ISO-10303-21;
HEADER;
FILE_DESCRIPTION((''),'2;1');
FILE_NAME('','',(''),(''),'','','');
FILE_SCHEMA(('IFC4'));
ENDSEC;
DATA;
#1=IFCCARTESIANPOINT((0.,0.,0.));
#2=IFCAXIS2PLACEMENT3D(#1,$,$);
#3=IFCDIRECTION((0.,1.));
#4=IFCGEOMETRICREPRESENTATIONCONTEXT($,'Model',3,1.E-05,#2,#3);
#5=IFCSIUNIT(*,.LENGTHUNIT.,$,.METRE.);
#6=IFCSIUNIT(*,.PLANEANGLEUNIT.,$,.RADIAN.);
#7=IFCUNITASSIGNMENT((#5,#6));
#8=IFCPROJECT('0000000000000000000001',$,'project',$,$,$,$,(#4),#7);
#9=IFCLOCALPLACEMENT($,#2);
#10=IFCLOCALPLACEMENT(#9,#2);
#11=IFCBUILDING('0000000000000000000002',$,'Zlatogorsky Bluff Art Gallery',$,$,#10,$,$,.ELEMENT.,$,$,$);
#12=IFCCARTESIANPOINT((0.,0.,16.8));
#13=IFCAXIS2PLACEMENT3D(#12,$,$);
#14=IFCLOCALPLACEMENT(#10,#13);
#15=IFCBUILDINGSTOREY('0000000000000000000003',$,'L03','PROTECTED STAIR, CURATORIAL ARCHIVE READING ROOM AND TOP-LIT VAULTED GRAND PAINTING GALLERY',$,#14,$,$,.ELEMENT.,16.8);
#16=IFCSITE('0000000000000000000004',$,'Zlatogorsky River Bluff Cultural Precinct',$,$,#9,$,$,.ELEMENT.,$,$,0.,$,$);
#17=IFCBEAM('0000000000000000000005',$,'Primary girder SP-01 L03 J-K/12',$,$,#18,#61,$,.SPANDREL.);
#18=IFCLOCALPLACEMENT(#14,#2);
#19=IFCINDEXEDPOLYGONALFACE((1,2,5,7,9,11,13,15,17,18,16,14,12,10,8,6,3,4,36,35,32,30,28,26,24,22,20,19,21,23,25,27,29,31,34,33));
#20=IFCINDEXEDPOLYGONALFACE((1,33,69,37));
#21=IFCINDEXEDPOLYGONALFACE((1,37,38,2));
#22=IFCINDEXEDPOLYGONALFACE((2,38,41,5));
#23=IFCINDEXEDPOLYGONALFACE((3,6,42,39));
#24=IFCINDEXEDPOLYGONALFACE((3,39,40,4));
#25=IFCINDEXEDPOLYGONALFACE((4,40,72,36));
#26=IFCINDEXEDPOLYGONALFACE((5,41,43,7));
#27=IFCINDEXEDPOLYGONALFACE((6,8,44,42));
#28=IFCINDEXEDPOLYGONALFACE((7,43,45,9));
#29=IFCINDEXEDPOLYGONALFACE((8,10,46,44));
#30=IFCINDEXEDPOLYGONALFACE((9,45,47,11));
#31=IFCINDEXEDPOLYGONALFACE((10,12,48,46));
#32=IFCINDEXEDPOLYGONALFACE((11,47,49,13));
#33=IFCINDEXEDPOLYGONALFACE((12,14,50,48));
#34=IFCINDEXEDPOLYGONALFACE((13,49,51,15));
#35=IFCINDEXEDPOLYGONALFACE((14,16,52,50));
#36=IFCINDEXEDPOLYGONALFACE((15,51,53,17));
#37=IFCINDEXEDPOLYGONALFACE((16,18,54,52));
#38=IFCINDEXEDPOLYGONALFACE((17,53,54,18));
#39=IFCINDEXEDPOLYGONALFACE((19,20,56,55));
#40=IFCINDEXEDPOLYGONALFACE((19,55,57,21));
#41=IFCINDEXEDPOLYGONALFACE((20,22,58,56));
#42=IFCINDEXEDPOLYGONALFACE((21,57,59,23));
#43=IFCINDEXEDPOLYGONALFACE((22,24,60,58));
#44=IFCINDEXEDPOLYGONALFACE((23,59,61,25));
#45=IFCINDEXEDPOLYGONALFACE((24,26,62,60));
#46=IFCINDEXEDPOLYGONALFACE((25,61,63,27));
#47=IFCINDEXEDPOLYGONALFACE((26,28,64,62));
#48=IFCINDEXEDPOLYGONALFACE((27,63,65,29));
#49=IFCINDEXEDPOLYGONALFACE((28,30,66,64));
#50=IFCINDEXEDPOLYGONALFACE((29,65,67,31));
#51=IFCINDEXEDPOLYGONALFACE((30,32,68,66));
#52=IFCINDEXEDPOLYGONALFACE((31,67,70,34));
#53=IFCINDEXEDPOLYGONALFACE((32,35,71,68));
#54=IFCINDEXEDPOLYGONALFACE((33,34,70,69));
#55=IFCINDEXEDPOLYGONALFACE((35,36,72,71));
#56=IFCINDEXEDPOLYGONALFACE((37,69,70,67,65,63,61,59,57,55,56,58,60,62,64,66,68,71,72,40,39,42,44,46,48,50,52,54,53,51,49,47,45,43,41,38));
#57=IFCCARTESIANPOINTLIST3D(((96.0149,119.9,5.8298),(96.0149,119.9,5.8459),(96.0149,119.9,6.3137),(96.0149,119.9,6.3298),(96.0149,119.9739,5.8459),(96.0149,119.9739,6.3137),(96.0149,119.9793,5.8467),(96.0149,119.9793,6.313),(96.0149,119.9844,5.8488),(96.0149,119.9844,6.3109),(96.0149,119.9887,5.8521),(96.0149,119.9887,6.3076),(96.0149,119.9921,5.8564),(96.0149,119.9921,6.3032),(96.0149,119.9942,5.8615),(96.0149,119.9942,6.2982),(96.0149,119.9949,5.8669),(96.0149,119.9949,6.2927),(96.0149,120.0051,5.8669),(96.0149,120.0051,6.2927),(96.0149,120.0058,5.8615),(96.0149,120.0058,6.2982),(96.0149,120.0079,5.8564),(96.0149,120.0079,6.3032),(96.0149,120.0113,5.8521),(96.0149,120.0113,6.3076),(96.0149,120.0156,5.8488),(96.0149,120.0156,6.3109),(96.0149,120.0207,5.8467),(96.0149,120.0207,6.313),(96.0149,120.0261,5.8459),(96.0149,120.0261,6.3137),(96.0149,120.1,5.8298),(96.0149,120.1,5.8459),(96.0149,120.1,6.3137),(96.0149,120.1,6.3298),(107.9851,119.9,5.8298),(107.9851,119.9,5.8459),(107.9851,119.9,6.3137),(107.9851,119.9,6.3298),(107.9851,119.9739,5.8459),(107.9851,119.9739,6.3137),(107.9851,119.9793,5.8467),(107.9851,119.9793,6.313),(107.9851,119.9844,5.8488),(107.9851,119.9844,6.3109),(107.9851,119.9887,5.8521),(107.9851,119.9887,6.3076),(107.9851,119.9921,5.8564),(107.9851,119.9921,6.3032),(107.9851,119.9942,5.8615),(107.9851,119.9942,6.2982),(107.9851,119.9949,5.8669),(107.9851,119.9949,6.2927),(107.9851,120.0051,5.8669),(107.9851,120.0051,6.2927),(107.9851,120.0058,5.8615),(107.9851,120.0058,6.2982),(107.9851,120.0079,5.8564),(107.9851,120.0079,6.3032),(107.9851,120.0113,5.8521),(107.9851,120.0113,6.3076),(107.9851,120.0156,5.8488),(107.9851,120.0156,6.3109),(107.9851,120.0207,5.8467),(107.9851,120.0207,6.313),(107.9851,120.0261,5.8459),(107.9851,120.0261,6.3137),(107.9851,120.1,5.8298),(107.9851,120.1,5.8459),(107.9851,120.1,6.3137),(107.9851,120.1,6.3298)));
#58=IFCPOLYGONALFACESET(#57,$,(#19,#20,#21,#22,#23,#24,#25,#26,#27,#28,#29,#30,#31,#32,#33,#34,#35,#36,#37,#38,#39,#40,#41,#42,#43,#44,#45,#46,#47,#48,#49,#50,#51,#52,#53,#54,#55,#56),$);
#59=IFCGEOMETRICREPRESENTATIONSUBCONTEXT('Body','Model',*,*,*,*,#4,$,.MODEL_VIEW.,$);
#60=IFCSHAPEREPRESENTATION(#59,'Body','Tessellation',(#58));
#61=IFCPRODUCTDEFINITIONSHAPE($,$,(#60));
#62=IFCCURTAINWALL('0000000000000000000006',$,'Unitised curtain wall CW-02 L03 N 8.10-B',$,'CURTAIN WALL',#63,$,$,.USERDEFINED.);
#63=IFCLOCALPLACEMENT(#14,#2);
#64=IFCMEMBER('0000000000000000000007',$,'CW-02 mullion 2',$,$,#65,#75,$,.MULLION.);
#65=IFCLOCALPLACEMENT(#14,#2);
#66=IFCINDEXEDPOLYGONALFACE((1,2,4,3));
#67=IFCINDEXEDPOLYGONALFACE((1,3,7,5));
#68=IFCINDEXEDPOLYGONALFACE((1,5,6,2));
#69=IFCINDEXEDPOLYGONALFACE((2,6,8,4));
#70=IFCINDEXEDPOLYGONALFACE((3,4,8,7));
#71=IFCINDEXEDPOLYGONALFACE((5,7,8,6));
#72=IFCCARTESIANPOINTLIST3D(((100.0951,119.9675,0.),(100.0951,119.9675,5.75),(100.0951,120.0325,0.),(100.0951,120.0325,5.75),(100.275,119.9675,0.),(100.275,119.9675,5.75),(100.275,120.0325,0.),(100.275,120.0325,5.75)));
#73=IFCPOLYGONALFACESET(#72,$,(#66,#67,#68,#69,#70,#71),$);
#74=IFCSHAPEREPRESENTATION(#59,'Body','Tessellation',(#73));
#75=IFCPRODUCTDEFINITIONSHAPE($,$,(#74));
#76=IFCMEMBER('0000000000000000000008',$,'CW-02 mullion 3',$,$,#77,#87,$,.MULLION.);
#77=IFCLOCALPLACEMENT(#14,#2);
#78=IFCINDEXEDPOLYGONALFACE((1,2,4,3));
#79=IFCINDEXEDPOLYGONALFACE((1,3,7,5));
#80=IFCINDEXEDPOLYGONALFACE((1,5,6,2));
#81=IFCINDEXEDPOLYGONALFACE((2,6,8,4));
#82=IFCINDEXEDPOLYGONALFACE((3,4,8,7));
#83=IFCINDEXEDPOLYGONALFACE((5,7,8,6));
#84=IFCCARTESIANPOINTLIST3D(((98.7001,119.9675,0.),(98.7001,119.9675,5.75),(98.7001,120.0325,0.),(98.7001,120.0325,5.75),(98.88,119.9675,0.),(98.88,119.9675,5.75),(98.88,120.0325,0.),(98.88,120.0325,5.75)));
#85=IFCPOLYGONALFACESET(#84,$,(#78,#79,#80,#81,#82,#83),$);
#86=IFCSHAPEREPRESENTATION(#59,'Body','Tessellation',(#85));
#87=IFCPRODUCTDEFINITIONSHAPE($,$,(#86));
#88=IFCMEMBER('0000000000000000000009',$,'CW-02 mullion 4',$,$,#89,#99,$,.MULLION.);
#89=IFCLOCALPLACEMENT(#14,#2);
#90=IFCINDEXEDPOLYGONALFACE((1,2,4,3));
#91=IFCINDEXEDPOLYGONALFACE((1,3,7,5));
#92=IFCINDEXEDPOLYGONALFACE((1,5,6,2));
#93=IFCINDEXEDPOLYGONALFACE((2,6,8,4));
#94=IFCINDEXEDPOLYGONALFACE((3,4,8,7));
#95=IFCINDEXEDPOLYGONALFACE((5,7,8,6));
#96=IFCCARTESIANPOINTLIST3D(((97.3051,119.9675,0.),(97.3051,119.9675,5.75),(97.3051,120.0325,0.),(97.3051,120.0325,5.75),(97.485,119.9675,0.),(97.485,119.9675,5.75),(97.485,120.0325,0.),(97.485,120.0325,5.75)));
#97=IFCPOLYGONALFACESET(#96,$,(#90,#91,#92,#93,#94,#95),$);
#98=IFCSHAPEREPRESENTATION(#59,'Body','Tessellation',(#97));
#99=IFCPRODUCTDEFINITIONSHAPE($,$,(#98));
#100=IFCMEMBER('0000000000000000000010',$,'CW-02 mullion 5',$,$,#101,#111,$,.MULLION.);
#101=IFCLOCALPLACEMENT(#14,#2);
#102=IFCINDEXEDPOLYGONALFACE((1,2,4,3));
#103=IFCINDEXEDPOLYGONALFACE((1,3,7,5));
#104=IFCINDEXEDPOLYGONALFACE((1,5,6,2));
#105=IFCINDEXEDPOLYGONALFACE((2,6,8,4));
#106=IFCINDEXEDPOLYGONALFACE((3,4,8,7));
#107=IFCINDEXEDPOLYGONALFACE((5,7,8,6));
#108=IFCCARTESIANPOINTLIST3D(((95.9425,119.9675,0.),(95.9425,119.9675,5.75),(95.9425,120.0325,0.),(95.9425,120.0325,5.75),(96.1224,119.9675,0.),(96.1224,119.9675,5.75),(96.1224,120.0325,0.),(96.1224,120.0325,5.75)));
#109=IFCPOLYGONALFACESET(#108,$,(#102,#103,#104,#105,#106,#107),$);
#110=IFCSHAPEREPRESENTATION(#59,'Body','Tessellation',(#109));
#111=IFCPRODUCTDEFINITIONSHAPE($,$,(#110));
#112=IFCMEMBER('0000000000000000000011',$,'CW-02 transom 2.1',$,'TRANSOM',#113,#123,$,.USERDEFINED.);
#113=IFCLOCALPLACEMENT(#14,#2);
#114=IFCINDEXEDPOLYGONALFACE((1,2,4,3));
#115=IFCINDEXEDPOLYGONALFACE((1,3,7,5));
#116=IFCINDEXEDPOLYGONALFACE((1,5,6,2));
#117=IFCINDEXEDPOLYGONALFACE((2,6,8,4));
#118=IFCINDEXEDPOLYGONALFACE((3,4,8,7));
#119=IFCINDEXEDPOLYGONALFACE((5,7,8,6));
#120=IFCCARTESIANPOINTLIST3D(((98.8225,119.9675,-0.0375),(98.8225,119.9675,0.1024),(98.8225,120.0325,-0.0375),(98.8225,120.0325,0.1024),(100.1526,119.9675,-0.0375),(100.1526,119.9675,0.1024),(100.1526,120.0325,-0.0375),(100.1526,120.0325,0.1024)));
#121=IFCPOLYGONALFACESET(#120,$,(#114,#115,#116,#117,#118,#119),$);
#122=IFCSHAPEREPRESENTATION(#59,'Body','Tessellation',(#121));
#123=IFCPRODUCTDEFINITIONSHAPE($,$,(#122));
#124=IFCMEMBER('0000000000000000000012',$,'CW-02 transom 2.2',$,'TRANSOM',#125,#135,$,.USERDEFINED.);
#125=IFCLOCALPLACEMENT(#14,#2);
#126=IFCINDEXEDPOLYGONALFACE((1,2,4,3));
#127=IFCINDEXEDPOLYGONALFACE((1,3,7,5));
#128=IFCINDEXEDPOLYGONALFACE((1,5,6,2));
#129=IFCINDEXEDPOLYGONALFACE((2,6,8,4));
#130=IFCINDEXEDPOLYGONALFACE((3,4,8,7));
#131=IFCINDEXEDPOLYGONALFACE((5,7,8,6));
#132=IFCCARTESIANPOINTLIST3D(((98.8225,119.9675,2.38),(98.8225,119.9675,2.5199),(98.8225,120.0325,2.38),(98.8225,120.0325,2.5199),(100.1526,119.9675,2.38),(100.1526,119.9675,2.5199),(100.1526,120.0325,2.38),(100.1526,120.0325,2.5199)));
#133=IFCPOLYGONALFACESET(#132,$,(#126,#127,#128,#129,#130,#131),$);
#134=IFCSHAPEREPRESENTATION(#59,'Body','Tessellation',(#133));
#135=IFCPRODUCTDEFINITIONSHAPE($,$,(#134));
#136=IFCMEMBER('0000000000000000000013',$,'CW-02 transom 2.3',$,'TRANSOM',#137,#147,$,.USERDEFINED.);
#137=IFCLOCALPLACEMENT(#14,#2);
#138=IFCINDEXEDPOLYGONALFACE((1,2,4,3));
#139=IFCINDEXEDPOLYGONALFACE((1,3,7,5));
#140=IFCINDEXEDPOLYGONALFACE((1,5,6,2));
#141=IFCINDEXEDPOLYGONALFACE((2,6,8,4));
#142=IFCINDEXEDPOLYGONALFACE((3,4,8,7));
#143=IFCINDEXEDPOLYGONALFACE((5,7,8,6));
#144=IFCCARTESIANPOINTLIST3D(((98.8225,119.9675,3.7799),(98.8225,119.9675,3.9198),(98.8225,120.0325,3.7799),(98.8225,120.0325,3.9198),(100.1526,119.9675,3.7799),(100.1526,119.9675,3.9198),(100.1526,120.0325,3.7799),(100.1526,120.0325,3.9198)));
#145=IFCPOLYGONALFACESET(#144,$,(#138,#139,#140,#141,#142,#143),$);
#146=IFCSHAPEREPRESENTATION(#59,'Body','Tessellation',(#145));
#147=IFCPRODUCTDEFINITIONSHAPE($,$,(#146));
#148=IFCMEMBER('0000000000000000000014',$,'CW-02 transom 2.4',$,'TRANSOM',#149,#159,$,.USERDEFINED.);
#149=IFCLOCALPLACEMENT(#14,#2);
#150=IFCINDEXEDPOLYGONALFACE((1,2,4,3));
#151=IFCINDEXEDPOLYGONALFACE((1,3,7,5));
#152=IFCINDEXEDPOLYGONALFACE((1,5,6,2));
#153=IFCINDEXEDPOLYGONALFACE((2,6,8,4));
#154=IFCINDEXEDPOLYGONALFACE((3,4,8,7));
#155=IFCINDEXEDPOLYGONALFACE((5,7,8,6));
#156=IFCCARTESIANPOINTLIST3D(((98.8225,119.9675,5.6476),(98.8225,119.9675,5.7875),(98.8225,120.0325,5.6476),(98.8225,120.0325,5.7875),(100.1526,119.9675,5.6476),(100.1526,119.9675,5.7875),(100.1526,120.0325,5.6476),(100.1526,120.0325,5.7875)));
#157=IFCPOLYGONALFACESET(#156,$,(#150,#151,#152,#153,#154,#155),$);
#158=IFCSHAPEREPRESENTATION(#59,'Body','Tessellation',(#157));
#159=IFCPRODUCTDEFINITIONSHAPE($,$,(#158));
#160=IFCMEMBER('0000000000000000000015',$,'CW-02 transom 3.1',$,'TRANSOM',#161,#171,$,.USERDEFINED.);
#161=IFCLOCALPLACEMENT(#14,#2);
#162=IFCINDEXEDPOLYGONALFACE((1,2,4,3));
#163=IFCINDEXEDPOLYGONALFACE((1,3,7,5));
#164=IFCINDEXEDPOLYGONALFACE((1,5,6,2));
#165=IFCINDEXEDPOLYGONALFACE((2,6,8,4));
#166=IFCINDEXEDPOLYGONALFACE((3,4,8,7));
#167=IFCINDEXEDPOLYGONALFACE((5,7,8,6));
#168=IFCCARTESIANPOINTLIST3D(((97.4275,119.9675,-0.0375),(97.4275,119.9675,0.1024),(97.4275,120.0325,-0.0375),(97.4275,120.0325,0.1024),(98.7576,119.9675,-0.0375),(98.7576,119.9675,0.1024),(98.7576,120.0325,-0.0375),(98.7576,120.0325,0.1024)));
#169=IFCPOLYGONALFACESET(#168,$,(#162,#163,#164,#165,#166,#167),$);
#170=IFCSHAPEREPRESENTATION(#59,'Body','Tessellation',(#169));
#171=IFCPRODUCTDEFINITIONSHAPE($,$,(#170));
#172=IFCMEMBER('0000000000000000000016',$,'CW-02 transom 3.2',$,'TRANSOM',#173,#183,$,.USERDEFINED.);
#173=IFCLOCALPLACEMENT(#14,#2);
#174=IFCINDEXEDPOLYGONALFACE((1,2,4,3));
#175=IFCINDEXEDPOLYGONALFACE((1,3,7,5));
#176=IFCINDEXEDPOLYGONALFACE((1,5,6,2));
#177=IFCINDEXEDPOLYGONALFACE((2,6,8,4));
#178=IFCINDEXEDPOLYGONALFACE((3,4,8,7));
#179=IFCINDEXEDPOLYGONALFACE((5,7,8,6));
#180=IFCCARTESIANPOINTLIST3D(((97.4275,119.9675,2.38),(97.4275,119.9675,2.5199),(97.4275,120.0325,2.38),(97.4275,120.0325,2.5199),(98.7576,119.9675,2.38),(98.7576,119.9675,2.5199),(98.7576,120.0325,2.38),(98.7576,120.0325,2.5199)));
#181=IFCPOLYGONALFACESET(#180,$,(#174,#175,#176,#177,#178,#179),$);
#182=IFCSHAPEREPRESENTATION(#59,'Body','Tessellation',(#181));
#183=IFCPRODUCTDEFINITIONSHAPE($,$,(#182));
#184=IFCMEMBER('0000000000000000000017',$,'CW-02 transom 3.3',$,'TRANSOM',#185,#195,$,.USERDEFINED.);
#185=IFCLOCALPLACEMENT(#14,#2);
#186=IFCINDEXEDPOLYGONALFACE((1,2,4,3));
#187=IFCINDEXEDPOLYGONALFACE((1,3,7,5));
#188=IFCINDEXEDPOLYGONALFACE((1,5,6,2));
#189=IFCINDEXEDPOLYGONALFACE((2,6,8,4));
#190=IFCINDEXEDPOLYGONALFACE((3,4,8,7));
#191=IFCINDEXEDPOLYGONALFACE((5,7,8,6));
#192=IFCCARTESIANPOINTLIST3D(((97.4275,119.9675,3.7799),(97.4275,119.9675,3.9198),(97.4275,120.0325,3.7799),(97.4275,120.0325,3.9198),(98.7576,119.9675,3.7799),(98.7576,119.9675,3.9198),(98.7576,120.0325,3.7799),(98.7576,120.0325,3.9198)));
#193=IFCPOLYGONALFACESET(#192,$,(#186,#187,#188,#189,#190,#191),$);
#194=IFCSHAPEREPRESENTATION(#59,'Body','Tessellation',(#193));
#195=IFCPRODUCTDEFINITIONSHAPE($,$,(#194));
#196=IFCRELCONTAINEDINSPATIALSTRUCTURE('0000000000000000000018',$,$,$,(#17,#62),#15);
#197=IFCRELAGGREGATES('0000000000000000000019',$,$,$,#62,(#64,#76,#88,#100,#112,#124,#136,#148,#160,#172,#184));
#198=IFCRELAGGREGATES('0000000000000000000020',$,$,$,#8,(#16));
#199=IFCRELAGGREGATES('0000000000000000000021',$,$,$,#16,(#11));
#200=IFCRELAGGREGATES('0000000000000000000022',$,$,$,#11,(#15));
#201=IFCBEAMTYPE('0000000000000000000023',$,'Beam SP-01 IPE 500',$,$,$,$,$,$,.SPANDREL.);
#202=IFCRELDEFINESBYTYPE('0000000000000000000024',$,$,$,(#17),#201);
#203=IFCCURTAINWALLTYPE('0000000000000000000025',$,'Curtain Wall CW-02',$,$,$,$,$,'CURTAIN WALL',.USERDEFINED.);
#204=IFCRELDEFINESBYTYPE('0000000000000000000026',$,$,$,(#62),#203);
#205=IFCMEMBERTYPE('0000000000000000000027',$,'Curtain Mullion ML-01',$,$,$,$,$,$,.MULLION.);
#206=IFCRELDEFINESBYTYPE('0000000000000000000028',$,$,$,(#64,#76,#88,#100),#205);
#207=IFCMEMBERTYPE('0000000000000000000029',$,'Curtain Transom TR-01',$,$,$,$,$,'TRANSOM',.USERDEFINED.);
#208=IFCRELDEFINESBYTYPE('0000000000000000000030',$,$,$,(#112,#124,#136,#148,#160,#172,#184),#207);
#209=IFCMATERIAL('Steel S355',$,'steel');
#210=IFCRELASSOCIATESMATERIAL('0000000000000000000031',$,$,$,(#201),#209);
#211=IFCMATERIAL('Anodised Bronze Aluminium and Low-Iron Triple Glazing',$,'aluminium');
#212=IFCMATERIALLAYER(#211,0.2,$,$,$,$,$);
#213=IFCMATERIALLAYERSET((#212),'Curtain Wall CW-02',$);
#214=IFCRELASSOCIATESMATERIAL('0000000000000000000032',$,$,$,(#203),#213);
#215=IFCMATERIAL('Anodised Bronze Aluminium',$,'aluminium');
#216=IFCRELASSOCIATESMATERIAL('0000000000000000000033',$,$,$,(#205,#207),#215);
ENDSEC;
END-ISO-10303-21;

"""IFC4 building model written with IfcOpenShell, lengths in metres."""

from ifc_helpers import new_model, si_unit, direction, frame, origin, origin_2d, place, context, subcontext, project, spatial, rectangle, i_section, extrude, material, layer, layer_set, material_profile, profile_set, type_object, element, aggregate, save


model = new_model("IFC4")

# Units and contexts
model_context = context("Model", 3, precision=1e-05, world=origin(), true_north=direction((0.0, 1.0)))
body_context = subcontext(model_context, "Body", "Model", "MODEL_VIEW")
ifc_project = project(units=[si_unit("LENGTHUNIT", "METRE"), si_unit("PLANEANGLEUNIT", "RADIAN")], contexts=[model_context])

# Site, building, storey
site_placement = place(None, origin())
site = spatial("IfcSite", under=ifc_project, at=site_placement, Name="Zlatogorsky River Bluff Cultural Precinct", CompositionType="ELEMENT", RefElevation=0.0)
building_placement = place(site_placement, origin())
building = spatial("IfcBuilding", under=site, at=building_placement, Name="Zlatogorsky Bluff Art Gallery", CompositionType="ELEMENT")
storey_placement = place(building_placement, frame((0.0, 0.0, 16.8)))
storey = spatial("IfcBuildingStorey", under=building, at=storey_placement, Name="L03", Description="PROTECTED STAIR, CURATORIAL ARCHIVE READING ROOM AND TOP-LIT VAULTED GRAND PAINTING GALLERY", CompositionType="ELEMENT", Elevation=16.8)

# Beam
ifc_material_1 = material(Name="Steel S355", Category="steel")
ifc_material_profile_1 = material_profile(ifc_material_1, i_section(OverallWidth=0.2, OverallDepth=0.5, WebThickness=0.0103, FlangeThickness=0.0161, FilletRadius=0.021, at=origin_2d()), Name="IPE 500")
ifc_profile_set_1 = profile_set([ifc_material_profile_1], Name="Steel S355")
beam_type = type_object("IfcBeamType", Name="Beam SP-01 IPE 500", PredefinedType="SPANDREL", material=ifc_profile_set_1)
beam_placement = place(storey_placement, frame((96.0149, 120.0, 6.0798), z_axis=(1.0, 0.0, 0.0), x_axis=(0.0, 1.0, 0.0)))
element("IfcBeam", 1, at=beam_placement, inside=storey, type_object=beam_type, Name="Primary girder SP-01 L03 J-K/12", PredefinedType="SPANDREL", context=body_context, shape_type="SweptSolid", body=[
    extrude(i_section(OverallWidth=0.2, OverallDepth=0.5, WebThickness=0.0103, FlangeThickness=0.0161, FilletRadius=0.021, at=origin_2d()), origin(), (0.0, 0.0, 1.0), 11.9702),
])

# Curtain wall, members
ifc_material_2 = material(Name="Anodised Bronze Aluminium and Low-Iron Triple Glazing", Category="aluminium")
ifc_layer_1 = layer(ifc_material_2, 0.2)
ifc_layer_set_1 = layer_set([ifc_layer_1], Name="Curtain Wall CW-02")
curtain_wall_type = type_object("IfcCurtainWallType", Name="Curtain Wall CW-02", ElementType="CURTAIN WALL", PredefinedType="USERDEFINED", material=ifc_layer_set_1)
curtain_wall_placement = place(storey_placement, origin())
curtain_wall = element("IfcCurtainWall", 2, at=curtain_wall_placement, inside=storey, type_object=curtain_wall_type, Name="Unitised curtain wall CW-02 L03 N 8.10-B", ObjectType="CURTAIN WALL", PredefinedType="USERDEFINED")
ifc_material_3 = material(Name="Anodised Bronze Aluminium", Category="aluminium")
ifc_material_profile_2 = material_profile(ifc_material_3, rectangle(XDim=0.0649, YDim=0.1799, at=origin_2d()), Name="ALU MULLION 65x180")
ifc_profile_set_2 = profile_set([ifc_material_profile_2], Name="Anodised Bronze Aluminium")
member_type_1 = type_object("IfcMemberType", Name="Curtain Mullion ML-01", PredefinedType="MULLION", material=ifc_profile_set_2)
member_1_placement = place(storey_placement, frame((100.1851, 120.0, 0.0), z_axis=(0.0, 0.0, 1.0), x_axis=(0.0, -1.0, 0.0)))
member_1 = element("IfcMember", 3, at=member_1_placement, type_object=member_type_1, Name="CW-02 mullion 2", PredefinedType="MULLION", context=body_context, shape_type="SweptSolid", body=[
    extrude(rectangle(XDim=0.0649, YDim=0.1799, at=origin_2d()), origin(), (0.0, 0.0, 1.0), 5.75),
])
member_2_placement = place(storey_placement, frame((98.79, 120.0, 0.0), z_axis=(0.0, 0.0, 1.0), x_axis=(0.0, -1.0, 0.0)))
member_2 = element("IfcMember", 4, at=member_2_placement, type_object=member_type_1, Name="CW-02 mullion 3", PredefinedType="MULLION", context=body_context, shape_type="SweptSolid", body=[
    extrude(rectangle(XDim=0.0649, YDim=0.1799, at=origin_2d()), origin(), (0.0, 0.0, 1.0), 5.75),
])
member_3_placement = place(storey_placement, frame((97.395, 120.0, 0.0), z_axis=(0.0, 0.0, 1.0), x_axis=(0.0, -1.0, 0.0)))
member_3 = element("IfcMember", 5, at=member_3_placement, type_object=member_type_1, Name="CW-02 mullion 4", PredefinedType="MULLION", context=body_context, shape_type="SweptSolid", body=[
    extrude(rectangle(XDim=0.0649, YDim=0.1799, at=origin_2d()), origin(), (0.0, 0.0, 1.0), 5.75),
])
member_4_placement = place(storey_placement, frame((96.0325, 120.0, 0.0), z_axis=(0.0, 0.0, 1.0), x_axis=(0.0, -1.0, 0.0)))
member_4 = element("IfcMember", 6, at=member_4_placement, type_object=member_type_1, Name="CW-02 mullion 5", PredefinedType="MULLION", context=body_context, shape_type="SweptSolid", body=[
    extrude(rectangle(XDim=0.0649, YDim=0.1799, at=origin_2d()), origin(), (0.0, 0.0, 1.0), 5.75),
])
ifc_material_profile_3 = material_profile(ifc_material_3, rectangle(XDim=0.0649, YDim=0.1399, at=origin_2d()), Name="ALU TRANSOM 65x140")
ifc_profile_set_3 = profile_set([ifc_material_profile_3], Name="Anodised Bronze Aluminium")
member_type_2 = type_object("IfcMemberType", Name="Curtain Transom TR-01", ElementType="TRANSOM", PredefinedType="USERDEFINED", material=ifc_profile_set_3)
member_5_placement = place(storey_placement, frame((100.1526, 120.0, 0.0325), z_axis=(-1.0, 0.0, 0.0), x_axis=(0.0, -1.0, 0.0)))
member_5 = element("IfcMember", 7, at=member_5_placement, type_object=member_type_2, Name="CW-02 transom 2.1", ObjectType="TRANSOM", PredefinedType="USERDEFINED", context=body_context, shape_type="SweptSolid", body=[
    extrude(rectangle(XDim=0.0649, YDim=0.1399, at=origin_2d()), origin(), (0.0, 0.0, 1.0), 1.3301),
])
member_6_placement = place(storey_placement, frame((100.1526, 120.0, 2.45), z_axis=(-1.0, 0.0, 0.0), x_axis=(0.0, -1.0, 0.0)))
member_6 = element("IfcMember", 8, at=member_6_placement, type_object=member_type_2, Name="CW-02 transom 2.2", ObjectType="TRANSOM", PredefinedType="USERDEFINED", context=body_context, shape_type="SweptSolid", body=[
    extrude(rectangle(XDim=0.0649, YDim=0.1399, at=origin_2d()), origin(), (0.0, 0.0, 1.0), 1.3301),
])
member_7_placement = place(storey_placement, frame((100.1526, 120.0, 3.8499), z_axis=(-1.0, 0.0, 0.0), x_axis=(0.0, -1.0, 0.0)))
member_7 = element("IfcMember", 9, at=member_7_placement, type_object=member_type_2, Name="CW-02 transom 2.3", ObjectType="TRANSOM", PredefinedType="USERDEFINED", context=body_context, shape_type="SweptSolid", body=[
    extrude(rectangle(XDim=0.0649, YDim=0.1399, at=origin_2d()), origin(), (0.0, 0.0, 1.0), 1.3301),
])
member_8_placement = place(storey_placement, frame((100.1526, 120.0, 5.7175), z_axis=(-1.0, 0.0, 0.0), x_axis=(0.0, -1.0, 0.0)))
member_8 = element("IfcMember", 10, at=member_8_placement, type_object=member_type_2, Name="CW-02 transom 2.4", ObjectType="TRANSOM", PredefinedType="USERDEFINED", context=body_context, shape_type="SweptSolid", body=[
    extrude(rectangle(XDim=0.0649, YDim=0.1399, at=origin_2d()), origin(), (0.0, 0.0, 1.0), 1.3301),
])
member_9_placement = place(storey_placement, frame((98.7576, 120.0, 0.0325), z_axis=(-1.0, 0.0, 0.0), x_axis=(0.0, -1.0, 0.0)))
member_9 = element("IfcMember", 11, at=member_9_placement, type_object=member_type_2, Name="CW-02 transom 3.1", ObjectType="TRANSOM", PredefinedType="USERDEFINED", context=body_context, shape_type="SweptSolid", body=[
    extrude(rectangle(XDim=0.0649, YDim=0.1399, at=origin_2d()), origin(), (0.0, 0.0, 1.0), 1.3301),
])
member_10_placement = place(storey_placement, frame((98.7576, 120.0, 2.45), z_axis=(-1.0, 0.0, 0.0), x_axis=(0.0, -1.0, 0.0)))
member_10 = element("IfcMember", 12, at=member_10_placement, type_object=member_type_2, Name="CW-02 transom 3.2", ObjectType="TRANSOM", PredefinedType="USERDEFINED", context=body_context, shape_type="SweptSolid", body=[
    extrude(rectangle(XDim=0.0649, YDim=0.1399, at=origin_2d()), origin(), (0.0, 0.0, 1.0), 1.3301),
])
member_11_placement = place(storey_placement, frame((98.7576, 120.0, 3.8499), z_axis=(-1.0, 0.0, 0.0), x_axis=(0.0, -1.0, 0.0)))
member_11 = element("IfcMember", 13, at=member_11_placement, type_object=member_type_2, Name="CW-02 transom 3.3", ObjectType="TRANSOM", PredefinedType="USERDEFINED", context=body_context, shape_type="SweptSolid", body=[
    extrude(rectangle(XDim=0.0649, YDim=0.1399, at=origin_2d()), origin(), (0.0, 0.0, 1.0), 1.3301),
])
aggregate(curtain_wall, [member_1, member_2, member_3, member_4, member_5, member_6, member_7, member_8, member_9, member_10, member_11])

save(model, "model.ifc")
